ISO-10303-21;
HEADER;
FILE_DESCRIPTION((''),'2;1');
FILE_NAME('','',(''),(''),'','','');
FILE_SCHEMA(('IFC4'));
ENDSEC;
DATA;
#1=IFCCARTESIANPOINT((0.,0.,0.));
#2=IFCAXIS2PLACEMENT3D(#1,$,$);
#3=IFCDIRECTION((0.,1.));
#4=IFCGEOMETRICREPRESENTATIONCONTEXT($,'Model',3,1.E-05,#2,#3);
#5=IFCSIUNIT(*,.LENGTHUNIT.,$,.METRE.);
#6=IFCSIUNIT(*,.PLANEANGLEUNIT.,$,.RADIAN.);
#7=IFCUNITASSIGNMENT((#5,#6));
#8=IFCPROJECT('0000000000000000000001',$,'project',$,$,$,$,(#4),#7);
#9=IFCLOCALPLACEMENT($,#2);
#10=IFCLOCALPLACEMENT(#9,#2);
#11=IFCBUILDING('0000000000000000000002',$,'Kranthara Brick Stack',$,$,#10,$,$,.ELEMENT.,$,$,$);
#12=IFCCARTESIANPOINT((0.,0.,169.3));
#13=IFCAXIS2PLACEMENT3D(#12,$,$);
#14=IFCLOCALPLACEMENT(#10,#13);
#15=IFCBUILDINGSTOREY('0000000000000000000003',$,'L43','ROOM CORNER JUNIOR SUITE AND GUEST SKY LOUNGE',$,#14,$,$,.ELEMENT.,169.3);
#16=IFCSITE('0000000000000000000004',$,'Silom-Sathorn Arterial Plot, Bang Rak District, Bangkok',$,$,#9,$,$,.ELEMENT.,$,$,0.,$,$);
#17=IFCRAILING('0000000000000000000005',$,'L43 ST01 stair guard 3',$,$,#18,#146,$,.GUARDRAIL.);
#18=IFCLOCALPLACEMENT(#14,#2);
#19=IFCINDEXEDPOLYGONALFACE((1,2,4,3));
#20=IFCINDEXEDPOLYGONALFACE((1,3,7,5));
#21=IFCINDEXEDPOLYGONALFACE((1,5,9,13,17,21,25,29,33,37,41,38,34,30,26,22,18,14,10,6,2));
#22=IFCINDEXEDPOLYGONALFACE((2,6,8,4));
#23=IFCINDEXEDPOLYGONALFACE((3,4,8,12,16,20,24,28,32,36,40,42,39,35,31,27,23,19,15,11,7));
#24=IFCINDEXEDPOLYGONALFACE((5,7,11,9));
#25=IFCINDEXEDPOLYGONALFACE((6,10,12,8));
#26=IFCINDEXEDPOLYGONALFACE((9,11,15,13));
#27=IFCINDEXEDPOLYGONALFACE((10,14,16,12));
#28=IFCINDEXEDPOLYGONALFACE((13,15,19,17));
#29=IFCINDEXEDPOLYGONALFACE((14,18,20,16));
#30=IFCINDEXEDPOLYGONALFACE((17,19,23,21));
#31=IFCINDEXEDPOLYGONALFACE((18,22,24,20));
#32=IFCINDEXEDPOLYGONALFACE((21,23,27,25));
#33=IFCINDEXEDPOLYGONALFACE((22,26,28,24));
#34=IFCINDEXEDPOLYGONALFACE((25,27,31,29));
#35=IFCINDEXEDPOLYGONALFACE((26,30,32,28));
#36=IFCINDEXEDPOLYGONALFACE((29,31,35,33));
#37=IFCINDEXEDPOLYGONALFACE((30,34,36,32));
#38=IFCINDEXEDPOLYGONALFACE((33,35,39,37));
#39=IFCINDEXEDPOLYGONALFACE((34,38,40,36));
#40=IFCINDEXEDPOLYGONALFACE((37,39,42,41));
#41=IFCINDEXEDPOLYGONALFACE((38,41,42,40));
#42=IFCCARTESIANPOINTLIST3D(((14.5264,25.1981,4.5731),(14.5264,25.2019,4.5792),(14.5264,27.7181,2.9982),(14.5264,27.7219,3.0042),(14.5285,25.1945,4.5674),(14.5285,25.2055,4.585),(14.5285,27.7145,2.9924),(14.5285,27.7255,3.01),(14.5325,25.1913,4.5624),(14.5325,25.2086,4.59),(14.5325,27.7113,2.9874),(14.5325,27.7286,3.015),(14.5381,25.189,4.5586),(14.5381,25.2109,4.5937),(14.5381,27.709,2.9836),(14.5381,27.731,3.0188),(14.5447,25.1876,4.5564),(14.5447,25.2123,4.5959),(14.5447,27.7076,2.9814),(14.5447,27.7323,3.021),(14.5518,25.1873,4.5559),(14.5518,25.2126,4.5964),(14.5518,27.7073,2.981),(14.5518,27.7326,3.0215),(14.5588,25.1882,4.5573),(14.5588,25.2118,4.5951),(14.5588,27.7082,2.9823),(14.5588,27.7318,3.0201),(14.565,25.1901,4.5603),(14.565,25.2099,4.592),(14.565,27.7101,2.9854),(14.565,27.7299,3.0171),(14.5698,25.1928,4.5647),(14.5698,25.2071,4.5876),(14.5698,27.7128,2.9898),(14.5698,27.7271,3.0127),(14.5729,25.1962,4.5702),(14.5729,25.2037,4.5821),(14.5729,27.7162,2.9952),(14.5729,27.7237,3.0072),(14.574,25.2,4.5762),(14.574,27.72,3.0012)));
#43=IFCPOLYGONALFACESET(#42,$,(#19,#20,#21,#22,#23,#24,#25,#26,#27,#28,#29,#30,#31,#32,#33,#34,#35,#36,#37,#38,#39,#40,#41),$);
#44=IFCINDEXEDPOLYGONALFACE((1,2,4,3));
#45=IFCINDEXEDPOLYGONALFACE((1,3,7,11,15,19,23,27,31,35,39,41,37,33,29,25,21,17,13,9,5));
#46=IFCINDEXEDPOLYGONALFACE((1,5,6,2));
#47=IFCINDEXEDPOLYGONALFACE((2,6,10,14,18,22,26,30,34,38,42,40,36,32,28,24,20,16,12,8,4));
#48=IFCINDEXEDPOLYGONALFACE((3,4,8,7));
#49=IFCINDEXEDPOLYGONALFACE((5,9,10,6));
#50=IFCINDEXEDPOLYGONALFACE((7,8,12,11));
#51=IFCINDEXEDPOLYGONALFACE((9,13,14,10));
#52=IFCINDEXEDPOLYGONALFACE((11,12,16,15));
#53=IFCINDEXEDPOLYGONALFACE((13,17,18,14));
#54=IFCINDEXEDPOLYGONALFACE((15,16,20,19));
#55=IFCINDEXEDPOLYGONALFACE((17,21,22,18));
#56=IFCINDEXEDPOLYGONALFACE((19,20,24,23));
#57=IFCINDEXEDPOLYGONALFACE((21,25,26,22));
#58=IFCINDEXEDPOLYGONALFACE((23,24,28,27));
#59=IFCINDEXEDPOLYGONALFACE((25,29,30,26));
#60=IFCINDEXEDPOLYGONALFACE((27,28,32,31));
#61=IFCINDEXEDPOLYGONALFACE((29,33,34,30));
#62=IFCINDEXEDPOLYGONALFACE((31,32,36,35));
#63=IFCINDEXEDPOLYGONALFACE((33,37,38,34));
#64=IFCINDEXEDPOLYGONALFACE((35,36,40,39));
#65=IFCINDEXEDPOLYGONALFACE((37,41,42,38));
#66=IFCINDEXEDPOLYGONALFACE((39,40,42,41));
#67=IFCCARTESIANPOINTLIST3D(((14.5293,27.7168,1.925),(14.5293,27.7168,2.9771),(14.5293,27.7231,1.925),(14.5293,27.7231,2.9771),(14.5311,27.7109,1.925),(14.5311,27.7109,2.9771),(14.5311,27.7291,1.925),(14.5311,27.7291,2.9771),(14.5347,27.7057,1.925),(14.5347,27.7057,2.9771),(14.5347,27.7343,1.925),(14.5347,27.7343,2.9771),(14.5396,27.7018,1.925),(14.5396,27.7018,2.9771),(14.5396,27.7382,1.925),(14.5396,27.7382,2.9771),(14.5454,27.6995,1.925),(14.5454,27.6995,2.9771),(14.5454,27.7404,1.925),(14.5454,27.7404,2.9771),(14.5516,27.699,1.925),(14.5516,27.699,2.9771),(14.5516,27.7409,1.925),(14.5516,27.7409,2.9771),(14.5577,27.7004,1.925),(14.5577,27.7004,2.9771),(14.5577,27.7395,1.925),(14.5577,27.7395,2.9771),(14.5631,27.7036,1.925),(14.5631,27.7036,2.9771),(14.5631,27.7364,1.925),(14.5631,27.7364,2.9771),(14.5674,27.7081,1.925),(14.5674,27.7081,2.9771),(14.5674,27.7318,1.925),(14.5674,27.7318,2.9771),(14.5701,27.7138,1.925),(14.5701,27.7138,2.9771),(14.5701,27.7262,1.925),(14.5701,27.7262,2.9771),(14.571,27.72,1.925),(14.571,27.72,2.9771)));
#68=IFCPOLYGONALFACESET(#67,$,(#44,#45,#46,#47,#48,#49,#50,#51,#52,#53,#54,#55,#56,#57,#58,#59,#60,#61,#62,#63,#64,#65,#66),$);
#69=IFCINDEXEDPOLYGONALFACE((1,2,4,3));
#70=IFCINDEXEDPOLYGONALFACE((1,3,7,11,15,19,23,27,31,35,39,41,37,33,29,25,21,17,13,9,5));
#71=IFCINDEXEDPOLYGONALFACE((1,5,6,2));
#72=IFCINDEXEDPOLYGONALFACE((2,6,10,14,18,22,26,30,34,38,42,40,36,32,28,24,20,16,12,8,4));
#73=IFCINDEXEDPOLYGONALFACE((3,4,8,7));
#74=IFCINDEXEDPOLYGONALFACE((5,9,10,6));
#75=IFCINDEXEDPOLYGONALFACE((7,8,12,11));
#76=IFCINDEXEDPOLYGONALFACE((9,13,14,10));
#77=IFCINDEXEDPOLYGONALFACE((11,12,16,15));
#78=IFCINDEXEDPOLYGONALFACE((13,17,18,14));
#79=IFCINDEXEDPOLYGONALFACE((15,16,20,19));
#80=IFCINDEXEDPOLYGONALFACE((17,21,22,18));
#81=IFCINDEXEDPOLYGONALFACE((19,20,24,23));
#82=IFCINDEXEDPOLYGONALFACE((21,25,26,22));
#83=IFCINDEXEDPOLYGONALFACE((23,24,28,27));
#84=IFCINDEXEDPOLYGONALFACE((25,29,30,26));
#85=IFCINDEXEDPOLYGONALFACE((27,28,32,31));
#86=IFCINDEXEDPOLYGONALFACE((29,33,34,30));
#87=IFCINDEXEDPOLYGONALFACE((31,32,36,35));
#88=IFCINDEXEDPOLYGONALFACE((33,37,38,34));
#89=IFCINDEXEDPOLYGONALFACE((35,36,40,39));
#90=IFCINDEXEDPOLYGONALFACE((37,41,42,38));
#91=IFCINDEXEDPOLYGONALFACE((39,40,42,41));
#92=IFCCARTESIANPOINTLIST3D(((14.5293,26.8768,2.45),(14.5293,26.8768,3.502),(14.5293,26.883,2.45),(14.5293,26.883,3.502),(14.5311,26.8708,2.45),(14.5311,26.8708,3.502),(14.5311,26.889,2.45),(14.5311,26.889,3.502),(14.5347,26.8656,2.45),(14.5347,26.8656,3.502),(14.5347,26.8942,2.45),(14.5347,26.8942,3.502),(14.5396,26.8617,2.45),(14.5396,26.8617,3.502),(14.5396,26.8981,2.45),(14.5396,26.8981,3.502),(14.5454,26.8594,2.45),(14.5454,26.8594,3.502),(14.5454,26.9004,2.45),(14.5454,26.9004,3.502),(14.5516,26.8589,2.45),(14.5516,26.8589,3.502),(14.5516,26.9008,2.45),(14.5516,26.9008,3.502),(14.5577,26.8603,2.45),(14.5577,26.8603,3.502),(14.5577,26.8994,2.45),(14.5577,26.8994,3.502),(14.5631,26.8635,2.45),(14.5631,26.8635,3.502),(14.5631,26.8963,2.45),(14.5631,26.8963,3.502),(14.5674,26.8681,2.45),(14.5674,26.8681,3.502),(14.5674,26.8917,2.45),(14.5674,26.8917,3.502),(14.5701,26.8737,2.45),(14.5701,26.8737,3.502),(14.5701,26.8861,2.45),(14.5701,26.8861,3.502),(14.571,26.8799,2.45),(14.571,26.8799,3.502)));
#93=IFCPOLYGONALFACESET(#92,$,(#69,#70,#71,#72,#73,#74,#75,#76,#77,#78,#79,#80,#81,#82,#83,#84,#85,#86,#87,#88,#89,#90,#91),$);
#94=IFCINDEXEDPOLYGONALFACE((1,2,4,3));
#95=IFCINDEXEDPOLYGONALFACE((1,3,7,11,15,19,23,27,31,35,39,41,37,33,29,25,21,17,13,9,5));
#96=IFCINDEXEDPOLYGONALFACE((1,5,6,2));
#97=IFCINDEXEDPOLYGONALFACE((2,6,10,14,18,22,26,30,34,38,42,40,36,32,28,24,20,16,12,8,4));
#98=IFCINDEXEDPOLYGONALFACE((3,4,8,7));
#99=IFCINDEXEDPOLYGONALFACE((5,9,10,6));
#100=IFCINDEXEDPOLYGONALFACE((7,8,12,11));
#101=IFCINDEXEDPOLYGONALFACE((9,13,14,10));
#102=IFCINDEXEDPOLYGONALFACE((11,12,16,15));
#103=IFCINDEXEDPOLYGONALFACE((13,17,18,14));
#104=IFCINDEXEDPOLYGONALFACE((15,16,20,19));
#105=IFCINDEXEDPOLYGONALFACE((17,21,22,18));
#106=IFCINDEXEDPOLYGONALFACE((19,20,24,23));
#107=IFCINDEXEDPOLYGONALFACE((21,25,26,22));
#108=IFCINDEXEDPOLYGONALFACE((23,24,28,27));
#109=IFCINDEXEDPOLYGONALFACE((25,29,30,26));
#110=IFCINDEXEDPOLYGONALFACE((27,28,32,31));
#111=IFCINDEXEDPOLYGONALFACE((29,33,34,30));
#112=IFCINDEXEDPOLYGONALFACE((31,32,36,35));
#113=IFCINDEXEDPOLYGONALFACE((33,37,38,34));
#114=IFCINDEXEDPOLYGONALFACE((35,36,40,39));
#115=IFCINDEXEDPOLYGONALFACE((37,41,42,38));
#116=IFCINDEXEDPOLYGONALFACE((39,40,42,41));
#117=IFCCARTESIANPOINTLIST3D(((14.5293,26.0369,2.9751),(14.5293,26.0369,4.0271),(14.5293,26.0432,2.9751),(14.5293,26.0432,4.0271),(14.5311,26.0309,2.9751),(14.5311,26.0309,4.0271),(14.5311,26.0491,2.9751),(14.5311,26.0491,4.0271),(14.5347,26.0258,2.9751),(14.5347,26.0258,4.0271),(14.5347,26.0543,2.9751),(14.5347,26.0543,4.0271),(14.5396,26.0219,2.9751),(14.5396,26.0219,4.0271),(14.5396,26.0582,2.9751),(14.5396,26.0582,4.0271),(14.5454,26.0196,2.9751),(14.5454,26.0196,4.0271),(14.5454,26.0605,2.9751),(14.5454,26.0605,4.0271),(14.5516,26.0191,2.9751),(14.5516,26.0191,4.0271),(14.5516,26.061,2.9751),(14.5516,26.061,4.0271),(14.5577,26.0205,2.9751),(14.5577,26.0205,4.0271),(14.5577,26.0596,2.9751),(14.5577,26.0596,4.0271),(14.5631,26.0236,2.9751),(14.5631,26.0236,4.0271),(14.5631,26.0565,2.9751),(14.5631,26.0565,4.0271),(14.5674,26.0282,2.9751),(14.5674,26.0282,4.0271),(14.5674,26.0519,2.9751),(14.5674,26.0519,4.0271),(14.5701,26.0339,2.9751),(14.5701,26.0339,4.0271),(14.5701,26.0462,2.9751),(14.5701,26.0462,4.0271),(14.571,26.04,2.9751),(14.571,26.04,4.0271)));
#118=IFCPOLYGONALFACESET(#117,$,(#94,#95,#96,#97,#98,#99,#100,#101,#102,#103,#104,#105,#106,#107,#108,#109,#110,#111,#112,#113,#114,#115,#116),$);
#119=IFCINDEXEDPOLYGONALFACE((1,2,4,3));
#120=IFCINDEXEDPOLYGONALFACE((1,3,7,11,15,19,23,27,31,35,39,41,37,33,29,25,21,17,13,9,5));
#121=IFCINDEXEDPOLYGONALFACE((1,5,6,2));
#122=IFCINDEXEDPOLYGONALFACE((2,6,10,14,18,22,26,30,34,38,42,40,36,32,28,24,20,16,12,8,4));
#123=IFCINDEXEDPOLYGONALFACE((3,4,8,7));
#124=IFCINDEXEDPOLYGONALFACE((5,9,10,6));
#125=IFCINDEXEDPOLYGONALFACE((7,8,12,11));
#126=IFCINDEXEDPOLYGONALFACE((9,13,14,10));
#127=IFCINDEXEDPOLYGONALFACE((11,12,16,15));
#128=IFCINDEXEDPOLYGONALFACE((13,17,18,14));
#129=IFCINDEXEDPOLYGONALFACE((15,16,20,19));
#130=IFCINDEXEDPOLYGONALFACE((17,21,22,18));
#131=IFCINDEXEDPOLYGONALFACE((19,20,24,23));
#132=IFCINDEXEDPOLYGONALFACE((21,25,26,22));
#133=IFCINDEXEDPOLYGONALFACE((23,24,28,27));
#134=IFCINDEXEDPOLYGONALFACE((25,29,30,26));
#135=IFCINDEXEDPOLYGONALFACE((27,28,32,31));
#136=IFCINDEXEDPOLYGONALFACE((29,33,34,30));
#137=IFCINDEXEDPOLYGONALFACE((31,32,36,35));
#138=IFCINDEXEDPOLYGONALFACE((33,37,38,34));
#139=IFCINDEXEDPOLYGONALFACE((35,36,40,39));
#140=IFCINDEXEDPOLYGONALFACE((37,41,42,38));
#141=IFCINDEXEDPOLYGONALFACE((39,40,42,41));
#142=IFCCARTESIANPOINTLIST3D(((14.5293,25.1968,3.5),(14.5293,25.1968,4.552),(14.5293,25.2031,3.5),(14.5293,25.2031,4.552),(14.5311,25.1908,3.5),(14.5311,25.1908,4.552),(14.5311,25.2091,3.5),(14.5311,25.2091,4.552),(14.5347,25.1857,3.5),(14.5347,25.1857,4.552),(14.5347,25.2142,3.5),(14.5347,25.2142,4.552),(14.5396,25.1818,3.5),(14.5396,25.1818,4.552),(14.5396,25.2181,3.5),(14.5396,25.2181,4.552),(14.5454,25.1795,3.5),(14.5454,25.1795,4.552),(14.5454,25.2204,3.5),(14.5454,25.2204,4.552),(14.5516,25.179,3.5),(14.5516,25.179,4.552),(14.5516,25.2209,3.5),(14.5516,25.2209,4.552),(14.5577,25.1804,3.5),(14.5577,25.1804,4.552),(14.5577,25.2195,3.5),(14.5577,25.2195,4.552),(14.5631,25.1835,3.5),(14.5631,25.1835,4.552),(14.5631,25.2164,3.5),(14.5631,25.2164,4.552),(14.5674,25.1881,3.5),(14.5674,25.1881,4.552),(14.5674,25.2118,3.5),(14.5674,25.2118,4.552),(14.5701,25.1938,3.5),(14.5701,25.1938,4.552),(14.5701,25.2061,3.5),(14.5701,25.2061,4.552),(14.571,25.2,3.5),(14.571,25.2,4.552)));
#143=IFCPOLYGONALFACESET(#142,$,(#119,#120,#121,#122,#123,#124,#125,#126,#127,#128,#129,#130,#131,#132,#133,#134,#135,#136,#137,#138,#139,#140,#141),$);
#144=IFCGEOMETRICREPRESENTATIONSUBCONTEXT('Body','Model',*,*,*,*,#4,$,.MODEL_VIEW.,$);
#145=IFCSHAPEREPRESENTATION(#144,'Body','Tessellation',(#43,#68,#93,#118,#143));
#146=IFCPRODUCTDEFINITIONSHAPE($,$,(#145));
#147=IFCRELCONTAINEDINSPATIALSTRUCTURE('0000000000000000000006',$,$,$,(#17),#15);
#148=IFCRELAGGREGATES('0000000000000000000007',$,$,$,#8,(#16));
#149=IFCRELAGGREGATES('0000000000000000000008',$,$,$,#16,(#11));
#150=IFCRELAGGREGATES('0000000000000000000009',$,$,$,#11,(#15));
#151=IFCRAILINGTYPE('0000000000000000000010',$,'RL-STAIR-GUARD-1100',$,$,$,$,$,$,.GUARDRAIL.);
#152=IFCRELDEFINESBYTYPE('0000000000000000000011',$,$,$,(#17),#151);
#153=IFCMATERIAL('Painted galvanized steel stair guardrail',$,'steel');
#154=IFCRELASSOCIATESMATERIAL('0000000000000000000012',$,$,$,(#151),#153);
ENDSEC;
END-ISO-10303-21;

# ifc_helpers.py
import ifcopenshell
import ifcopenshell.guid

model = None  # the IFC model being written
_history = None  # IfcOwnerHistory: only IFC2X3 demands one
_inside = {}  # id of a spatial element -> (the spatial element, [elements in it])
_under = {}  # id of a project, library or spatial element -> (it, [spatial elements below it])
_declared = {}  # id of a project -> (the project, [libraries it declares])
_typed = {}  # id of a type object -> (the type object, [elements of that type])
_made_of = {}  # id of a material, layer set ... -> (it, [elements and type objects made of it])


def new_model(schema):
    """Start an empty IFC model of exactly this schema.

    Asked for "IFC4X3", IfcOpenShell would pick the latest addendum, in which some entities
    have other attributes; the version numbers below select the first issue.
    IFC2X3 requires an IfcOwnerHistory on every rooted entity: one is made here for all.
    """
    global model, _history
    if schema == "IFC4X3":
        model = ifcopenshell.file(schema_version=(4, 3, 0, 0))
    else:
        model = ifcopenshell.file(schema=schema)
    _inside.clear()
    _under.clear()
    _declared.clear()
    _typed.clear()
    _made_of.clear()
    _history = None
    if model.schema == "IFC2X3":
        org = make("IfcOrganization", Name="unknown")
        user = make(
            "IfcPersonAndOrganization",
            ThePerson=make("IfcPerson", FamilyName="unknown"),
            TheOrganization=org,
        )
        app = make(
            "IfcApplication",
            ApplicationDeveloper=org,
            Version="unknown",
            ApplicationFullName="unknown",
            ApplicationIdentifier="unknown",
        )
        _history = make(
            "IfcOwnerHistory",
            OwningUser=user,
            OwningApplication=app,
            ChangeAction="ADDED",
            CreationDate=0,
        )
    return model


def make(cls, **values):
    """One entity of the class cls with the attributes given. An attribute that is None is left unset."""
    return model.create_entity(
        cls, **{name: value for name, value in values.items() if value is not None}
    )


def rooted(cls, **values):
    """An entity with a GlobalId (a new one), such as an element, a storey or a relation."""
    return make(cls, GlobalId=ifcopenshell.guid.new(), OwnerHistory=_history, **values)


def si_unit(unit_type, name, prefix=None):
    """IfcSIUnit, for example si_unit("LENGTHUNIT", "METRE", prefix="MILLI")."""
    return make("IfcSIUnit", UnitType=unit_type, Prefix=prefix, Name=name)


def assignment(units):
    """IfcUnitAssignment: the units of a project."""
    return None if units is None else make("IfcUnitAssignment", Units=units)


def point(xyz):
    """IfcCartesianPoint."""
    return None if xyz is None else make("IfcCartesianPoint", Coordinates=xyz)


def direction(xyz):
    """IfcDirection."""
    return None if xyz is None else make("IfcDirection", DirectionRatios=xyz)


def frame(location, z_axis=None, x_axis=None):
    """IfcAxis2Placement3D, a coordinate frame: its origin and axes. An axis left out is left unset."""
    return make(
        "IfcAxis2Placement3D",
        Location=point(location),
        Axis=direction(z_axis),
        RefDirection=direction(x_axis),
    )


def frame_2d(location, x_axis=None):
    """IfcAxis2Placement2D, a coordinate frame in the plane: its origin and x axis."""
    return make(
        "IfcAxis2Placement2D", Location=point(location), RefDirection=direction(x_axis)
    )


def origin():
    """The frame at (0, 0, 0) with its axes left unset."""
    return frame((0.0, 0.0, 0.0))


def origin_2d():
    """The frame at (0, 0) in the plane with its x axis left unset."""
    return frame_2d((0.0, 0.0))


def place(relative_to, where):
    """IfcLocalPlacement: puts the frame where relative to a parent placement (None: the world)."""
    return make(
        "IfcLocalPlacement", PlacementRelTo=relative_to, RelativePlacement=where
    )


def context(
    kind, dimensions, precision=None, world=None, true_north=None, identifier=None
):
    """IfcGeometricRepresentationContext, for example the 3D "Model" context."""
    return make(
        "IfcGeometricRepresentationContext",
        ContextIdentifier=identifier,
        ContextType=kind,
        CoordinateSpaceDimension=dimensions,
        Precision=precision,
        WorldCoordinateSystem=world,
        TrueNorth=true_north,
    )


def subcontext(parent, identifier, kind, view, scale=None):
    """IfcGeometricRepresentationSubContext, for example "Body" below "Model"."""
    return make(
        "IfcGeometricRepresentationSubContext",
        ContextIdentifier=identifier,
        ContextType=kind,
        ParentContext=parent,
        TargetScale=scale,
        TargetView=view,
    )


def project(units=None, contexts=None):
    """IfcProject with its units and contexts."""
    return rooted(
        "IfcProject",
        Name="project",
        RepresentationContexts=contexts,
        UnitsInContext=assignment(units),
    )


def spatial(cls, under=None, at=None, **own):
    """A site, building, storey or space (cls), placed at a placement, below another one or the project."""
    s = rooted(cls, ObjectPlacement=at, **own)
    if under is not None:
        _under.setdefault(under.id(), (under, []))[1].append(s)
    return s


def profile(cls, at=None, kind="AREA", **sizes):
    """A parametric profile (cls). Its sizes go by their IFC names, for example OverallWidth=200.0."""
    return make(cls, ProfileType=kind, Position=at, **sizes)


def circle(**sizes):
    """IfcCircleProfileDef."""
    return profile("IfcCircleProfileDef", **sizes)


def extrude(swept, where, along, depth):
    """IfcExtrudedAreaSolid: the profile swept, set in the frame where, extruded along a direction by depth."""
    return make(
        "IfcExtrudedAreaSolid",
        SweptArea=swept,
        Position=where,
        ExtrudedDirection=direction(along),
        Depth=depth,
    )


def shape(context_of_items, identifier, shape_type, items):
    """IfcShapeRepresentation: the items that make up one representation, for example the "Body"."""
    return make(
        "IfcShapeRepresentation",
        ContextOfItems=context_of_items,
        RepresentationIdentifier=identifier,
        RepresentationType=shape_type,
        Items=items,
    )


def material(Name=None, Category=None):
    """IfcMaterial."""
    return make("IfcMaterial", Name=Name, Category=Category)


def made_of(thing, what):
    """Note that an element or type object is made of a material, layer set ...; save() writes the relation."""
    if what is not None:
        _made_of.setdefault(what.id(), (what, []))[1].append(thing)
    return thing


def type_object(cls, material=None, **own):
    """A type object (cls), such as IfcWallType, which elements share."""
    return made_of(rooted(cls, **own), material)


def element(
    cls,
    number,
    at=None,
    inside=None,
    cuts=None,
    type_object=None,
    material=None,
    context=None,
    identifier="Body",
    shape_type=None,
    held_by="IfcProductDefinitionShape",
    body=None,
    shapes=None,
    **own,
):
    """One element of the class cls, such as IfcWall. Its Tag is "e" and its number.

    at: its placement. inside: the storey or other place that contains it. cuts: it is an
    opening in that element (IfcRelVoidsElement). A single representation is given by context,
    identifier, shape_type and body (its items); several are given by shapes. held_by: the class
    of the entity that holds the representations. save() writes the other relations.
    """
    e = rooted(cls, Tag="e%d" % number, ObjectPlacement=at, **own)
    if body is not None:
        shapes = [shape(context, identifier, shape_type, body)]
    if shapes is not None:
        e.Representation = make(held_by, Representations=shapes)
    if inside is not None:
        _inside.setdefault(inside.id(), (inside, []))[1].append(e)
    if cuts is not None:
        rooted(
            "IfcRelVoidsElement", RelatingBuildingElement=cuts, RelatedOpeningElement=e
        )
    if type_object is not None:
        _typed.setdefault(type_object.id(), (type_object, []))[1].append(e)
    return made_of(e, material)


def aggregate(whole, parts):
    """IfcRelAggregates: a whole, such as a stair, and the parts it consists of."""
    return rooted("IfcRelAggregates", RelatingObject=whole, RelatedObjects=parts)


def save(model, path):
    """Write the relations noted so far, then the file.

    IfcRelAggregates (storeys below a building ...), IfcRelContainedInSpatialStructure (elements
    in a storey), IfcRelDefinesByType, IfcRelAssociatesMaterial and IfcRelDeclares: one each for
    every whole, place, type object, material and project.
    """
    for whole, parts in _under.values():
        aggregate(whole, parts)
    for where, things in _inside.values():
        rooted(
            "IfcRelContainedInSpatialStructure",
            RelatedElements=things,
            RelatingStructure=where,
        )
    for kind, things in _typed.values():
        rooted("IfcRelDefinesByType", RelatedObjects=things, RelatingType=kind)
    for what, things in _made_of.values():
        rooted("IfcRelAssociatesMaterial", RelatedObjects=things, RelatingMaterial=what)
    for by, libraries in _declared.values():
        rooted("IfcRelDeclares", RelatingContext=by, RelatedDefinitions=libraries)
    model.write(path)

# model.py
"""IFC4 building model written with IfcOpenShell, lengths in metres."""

from ifc_helpers import new_model, si_unit, direction, frame, origin, origin_2d, place, context, subcontext, project, spatial, circle, extrude, material, type_object, element, save


model = new_model("IFC4")

# Units and contexts
model_context = context("Model", 3, precision=1e-05, world=origin(), true_north=direction((0.0, 1.0)))
body_context = subcontext(model_context, "Body", "Model", "MODEL_VIEW")
ifc_project = project(units=[si_unit("LENGTHUNIT", "METRE"), si_unit("PLANEANGLEUNIT", "RADIAN")], contexts=[model_context])

# Site, building, storey
site_placement = place(None, origin())
site = spatial("IfcSite", under=ifc_project, at=site_placement, Name="Silom-Sathorn Arterial Plot, Bang Rak District, Bangkok", CompositionType="ELEMENT", RefElevation=0.0)
building_placement = place(site_placement, origin())
building = spatial("IfcBuilding", under=site, at=building_placement, Name="Kranthara Brick Stack", CompositionType="ELEMENT")
storey_placement = place(building_placement, frame((0.0, 0.0, 169.3)))
storey = spatial("IfcBuildingStorey", under=building, at=storey_placement, Name="L43", Description="ROOM CORNER JUNIOR SUITE AND GUEST SKY LOUNGE", CompositionType="ELEMENT", Elevation=169.3)

# Railing
ifc_material_1 = material(Name="Painted galvanized steel stair guardrail", Category="steel")
railing_type_1 = type_object("IfcRailingType", Name="RL-STAIR-GUARD-1100", PredefinedType="GUARDRAIL", material=ifc_material_1)
railing_1_placement = place(storey_placement, frame((14.55, 27.72, 1.925)))
element("IfcRailing", 1, at=railing_1_placement, inside=storey, type_object=railing_type_1, Name="L43 ST01 stair guard 3", PredefinedType="GUARDRAIL", context=body_context, shape_type="SweptSolid", body=[
    extrude(circle(Radius=0.0239, at=origin_2d()), frame((0.0, 0.0, 1.0762), z_axis=(0.0, -0.848008, 0.529984), x_axis=(1.0, 0.0, 0.0)), (0.0, 0.0, 1.0), 2.9717),
    extrude(circle(Radius=0.021, at=origin_2d()), origin(), (0.0, 0.0, 1.0), 1.052),
    extrude(circle(Radius=0.021, at=origin_2d()), frame((0.0, -0.8401, 0.5249)), (0.0, 0.0, 1.0), 1.052),
    extrude(circle(Radius=0.021, at=origin_2d()), frame((0.0, -1.6799, 1.05)), (0.0, 0.0, 1.0), 1.052),
    extrude(circle(Radius=0.021, at=origin_2d()), frame((0.0, -2.52, 1.575)), (0.0, 0.0, 1.0), 1.052),
])

save(model, "model.ifc")
